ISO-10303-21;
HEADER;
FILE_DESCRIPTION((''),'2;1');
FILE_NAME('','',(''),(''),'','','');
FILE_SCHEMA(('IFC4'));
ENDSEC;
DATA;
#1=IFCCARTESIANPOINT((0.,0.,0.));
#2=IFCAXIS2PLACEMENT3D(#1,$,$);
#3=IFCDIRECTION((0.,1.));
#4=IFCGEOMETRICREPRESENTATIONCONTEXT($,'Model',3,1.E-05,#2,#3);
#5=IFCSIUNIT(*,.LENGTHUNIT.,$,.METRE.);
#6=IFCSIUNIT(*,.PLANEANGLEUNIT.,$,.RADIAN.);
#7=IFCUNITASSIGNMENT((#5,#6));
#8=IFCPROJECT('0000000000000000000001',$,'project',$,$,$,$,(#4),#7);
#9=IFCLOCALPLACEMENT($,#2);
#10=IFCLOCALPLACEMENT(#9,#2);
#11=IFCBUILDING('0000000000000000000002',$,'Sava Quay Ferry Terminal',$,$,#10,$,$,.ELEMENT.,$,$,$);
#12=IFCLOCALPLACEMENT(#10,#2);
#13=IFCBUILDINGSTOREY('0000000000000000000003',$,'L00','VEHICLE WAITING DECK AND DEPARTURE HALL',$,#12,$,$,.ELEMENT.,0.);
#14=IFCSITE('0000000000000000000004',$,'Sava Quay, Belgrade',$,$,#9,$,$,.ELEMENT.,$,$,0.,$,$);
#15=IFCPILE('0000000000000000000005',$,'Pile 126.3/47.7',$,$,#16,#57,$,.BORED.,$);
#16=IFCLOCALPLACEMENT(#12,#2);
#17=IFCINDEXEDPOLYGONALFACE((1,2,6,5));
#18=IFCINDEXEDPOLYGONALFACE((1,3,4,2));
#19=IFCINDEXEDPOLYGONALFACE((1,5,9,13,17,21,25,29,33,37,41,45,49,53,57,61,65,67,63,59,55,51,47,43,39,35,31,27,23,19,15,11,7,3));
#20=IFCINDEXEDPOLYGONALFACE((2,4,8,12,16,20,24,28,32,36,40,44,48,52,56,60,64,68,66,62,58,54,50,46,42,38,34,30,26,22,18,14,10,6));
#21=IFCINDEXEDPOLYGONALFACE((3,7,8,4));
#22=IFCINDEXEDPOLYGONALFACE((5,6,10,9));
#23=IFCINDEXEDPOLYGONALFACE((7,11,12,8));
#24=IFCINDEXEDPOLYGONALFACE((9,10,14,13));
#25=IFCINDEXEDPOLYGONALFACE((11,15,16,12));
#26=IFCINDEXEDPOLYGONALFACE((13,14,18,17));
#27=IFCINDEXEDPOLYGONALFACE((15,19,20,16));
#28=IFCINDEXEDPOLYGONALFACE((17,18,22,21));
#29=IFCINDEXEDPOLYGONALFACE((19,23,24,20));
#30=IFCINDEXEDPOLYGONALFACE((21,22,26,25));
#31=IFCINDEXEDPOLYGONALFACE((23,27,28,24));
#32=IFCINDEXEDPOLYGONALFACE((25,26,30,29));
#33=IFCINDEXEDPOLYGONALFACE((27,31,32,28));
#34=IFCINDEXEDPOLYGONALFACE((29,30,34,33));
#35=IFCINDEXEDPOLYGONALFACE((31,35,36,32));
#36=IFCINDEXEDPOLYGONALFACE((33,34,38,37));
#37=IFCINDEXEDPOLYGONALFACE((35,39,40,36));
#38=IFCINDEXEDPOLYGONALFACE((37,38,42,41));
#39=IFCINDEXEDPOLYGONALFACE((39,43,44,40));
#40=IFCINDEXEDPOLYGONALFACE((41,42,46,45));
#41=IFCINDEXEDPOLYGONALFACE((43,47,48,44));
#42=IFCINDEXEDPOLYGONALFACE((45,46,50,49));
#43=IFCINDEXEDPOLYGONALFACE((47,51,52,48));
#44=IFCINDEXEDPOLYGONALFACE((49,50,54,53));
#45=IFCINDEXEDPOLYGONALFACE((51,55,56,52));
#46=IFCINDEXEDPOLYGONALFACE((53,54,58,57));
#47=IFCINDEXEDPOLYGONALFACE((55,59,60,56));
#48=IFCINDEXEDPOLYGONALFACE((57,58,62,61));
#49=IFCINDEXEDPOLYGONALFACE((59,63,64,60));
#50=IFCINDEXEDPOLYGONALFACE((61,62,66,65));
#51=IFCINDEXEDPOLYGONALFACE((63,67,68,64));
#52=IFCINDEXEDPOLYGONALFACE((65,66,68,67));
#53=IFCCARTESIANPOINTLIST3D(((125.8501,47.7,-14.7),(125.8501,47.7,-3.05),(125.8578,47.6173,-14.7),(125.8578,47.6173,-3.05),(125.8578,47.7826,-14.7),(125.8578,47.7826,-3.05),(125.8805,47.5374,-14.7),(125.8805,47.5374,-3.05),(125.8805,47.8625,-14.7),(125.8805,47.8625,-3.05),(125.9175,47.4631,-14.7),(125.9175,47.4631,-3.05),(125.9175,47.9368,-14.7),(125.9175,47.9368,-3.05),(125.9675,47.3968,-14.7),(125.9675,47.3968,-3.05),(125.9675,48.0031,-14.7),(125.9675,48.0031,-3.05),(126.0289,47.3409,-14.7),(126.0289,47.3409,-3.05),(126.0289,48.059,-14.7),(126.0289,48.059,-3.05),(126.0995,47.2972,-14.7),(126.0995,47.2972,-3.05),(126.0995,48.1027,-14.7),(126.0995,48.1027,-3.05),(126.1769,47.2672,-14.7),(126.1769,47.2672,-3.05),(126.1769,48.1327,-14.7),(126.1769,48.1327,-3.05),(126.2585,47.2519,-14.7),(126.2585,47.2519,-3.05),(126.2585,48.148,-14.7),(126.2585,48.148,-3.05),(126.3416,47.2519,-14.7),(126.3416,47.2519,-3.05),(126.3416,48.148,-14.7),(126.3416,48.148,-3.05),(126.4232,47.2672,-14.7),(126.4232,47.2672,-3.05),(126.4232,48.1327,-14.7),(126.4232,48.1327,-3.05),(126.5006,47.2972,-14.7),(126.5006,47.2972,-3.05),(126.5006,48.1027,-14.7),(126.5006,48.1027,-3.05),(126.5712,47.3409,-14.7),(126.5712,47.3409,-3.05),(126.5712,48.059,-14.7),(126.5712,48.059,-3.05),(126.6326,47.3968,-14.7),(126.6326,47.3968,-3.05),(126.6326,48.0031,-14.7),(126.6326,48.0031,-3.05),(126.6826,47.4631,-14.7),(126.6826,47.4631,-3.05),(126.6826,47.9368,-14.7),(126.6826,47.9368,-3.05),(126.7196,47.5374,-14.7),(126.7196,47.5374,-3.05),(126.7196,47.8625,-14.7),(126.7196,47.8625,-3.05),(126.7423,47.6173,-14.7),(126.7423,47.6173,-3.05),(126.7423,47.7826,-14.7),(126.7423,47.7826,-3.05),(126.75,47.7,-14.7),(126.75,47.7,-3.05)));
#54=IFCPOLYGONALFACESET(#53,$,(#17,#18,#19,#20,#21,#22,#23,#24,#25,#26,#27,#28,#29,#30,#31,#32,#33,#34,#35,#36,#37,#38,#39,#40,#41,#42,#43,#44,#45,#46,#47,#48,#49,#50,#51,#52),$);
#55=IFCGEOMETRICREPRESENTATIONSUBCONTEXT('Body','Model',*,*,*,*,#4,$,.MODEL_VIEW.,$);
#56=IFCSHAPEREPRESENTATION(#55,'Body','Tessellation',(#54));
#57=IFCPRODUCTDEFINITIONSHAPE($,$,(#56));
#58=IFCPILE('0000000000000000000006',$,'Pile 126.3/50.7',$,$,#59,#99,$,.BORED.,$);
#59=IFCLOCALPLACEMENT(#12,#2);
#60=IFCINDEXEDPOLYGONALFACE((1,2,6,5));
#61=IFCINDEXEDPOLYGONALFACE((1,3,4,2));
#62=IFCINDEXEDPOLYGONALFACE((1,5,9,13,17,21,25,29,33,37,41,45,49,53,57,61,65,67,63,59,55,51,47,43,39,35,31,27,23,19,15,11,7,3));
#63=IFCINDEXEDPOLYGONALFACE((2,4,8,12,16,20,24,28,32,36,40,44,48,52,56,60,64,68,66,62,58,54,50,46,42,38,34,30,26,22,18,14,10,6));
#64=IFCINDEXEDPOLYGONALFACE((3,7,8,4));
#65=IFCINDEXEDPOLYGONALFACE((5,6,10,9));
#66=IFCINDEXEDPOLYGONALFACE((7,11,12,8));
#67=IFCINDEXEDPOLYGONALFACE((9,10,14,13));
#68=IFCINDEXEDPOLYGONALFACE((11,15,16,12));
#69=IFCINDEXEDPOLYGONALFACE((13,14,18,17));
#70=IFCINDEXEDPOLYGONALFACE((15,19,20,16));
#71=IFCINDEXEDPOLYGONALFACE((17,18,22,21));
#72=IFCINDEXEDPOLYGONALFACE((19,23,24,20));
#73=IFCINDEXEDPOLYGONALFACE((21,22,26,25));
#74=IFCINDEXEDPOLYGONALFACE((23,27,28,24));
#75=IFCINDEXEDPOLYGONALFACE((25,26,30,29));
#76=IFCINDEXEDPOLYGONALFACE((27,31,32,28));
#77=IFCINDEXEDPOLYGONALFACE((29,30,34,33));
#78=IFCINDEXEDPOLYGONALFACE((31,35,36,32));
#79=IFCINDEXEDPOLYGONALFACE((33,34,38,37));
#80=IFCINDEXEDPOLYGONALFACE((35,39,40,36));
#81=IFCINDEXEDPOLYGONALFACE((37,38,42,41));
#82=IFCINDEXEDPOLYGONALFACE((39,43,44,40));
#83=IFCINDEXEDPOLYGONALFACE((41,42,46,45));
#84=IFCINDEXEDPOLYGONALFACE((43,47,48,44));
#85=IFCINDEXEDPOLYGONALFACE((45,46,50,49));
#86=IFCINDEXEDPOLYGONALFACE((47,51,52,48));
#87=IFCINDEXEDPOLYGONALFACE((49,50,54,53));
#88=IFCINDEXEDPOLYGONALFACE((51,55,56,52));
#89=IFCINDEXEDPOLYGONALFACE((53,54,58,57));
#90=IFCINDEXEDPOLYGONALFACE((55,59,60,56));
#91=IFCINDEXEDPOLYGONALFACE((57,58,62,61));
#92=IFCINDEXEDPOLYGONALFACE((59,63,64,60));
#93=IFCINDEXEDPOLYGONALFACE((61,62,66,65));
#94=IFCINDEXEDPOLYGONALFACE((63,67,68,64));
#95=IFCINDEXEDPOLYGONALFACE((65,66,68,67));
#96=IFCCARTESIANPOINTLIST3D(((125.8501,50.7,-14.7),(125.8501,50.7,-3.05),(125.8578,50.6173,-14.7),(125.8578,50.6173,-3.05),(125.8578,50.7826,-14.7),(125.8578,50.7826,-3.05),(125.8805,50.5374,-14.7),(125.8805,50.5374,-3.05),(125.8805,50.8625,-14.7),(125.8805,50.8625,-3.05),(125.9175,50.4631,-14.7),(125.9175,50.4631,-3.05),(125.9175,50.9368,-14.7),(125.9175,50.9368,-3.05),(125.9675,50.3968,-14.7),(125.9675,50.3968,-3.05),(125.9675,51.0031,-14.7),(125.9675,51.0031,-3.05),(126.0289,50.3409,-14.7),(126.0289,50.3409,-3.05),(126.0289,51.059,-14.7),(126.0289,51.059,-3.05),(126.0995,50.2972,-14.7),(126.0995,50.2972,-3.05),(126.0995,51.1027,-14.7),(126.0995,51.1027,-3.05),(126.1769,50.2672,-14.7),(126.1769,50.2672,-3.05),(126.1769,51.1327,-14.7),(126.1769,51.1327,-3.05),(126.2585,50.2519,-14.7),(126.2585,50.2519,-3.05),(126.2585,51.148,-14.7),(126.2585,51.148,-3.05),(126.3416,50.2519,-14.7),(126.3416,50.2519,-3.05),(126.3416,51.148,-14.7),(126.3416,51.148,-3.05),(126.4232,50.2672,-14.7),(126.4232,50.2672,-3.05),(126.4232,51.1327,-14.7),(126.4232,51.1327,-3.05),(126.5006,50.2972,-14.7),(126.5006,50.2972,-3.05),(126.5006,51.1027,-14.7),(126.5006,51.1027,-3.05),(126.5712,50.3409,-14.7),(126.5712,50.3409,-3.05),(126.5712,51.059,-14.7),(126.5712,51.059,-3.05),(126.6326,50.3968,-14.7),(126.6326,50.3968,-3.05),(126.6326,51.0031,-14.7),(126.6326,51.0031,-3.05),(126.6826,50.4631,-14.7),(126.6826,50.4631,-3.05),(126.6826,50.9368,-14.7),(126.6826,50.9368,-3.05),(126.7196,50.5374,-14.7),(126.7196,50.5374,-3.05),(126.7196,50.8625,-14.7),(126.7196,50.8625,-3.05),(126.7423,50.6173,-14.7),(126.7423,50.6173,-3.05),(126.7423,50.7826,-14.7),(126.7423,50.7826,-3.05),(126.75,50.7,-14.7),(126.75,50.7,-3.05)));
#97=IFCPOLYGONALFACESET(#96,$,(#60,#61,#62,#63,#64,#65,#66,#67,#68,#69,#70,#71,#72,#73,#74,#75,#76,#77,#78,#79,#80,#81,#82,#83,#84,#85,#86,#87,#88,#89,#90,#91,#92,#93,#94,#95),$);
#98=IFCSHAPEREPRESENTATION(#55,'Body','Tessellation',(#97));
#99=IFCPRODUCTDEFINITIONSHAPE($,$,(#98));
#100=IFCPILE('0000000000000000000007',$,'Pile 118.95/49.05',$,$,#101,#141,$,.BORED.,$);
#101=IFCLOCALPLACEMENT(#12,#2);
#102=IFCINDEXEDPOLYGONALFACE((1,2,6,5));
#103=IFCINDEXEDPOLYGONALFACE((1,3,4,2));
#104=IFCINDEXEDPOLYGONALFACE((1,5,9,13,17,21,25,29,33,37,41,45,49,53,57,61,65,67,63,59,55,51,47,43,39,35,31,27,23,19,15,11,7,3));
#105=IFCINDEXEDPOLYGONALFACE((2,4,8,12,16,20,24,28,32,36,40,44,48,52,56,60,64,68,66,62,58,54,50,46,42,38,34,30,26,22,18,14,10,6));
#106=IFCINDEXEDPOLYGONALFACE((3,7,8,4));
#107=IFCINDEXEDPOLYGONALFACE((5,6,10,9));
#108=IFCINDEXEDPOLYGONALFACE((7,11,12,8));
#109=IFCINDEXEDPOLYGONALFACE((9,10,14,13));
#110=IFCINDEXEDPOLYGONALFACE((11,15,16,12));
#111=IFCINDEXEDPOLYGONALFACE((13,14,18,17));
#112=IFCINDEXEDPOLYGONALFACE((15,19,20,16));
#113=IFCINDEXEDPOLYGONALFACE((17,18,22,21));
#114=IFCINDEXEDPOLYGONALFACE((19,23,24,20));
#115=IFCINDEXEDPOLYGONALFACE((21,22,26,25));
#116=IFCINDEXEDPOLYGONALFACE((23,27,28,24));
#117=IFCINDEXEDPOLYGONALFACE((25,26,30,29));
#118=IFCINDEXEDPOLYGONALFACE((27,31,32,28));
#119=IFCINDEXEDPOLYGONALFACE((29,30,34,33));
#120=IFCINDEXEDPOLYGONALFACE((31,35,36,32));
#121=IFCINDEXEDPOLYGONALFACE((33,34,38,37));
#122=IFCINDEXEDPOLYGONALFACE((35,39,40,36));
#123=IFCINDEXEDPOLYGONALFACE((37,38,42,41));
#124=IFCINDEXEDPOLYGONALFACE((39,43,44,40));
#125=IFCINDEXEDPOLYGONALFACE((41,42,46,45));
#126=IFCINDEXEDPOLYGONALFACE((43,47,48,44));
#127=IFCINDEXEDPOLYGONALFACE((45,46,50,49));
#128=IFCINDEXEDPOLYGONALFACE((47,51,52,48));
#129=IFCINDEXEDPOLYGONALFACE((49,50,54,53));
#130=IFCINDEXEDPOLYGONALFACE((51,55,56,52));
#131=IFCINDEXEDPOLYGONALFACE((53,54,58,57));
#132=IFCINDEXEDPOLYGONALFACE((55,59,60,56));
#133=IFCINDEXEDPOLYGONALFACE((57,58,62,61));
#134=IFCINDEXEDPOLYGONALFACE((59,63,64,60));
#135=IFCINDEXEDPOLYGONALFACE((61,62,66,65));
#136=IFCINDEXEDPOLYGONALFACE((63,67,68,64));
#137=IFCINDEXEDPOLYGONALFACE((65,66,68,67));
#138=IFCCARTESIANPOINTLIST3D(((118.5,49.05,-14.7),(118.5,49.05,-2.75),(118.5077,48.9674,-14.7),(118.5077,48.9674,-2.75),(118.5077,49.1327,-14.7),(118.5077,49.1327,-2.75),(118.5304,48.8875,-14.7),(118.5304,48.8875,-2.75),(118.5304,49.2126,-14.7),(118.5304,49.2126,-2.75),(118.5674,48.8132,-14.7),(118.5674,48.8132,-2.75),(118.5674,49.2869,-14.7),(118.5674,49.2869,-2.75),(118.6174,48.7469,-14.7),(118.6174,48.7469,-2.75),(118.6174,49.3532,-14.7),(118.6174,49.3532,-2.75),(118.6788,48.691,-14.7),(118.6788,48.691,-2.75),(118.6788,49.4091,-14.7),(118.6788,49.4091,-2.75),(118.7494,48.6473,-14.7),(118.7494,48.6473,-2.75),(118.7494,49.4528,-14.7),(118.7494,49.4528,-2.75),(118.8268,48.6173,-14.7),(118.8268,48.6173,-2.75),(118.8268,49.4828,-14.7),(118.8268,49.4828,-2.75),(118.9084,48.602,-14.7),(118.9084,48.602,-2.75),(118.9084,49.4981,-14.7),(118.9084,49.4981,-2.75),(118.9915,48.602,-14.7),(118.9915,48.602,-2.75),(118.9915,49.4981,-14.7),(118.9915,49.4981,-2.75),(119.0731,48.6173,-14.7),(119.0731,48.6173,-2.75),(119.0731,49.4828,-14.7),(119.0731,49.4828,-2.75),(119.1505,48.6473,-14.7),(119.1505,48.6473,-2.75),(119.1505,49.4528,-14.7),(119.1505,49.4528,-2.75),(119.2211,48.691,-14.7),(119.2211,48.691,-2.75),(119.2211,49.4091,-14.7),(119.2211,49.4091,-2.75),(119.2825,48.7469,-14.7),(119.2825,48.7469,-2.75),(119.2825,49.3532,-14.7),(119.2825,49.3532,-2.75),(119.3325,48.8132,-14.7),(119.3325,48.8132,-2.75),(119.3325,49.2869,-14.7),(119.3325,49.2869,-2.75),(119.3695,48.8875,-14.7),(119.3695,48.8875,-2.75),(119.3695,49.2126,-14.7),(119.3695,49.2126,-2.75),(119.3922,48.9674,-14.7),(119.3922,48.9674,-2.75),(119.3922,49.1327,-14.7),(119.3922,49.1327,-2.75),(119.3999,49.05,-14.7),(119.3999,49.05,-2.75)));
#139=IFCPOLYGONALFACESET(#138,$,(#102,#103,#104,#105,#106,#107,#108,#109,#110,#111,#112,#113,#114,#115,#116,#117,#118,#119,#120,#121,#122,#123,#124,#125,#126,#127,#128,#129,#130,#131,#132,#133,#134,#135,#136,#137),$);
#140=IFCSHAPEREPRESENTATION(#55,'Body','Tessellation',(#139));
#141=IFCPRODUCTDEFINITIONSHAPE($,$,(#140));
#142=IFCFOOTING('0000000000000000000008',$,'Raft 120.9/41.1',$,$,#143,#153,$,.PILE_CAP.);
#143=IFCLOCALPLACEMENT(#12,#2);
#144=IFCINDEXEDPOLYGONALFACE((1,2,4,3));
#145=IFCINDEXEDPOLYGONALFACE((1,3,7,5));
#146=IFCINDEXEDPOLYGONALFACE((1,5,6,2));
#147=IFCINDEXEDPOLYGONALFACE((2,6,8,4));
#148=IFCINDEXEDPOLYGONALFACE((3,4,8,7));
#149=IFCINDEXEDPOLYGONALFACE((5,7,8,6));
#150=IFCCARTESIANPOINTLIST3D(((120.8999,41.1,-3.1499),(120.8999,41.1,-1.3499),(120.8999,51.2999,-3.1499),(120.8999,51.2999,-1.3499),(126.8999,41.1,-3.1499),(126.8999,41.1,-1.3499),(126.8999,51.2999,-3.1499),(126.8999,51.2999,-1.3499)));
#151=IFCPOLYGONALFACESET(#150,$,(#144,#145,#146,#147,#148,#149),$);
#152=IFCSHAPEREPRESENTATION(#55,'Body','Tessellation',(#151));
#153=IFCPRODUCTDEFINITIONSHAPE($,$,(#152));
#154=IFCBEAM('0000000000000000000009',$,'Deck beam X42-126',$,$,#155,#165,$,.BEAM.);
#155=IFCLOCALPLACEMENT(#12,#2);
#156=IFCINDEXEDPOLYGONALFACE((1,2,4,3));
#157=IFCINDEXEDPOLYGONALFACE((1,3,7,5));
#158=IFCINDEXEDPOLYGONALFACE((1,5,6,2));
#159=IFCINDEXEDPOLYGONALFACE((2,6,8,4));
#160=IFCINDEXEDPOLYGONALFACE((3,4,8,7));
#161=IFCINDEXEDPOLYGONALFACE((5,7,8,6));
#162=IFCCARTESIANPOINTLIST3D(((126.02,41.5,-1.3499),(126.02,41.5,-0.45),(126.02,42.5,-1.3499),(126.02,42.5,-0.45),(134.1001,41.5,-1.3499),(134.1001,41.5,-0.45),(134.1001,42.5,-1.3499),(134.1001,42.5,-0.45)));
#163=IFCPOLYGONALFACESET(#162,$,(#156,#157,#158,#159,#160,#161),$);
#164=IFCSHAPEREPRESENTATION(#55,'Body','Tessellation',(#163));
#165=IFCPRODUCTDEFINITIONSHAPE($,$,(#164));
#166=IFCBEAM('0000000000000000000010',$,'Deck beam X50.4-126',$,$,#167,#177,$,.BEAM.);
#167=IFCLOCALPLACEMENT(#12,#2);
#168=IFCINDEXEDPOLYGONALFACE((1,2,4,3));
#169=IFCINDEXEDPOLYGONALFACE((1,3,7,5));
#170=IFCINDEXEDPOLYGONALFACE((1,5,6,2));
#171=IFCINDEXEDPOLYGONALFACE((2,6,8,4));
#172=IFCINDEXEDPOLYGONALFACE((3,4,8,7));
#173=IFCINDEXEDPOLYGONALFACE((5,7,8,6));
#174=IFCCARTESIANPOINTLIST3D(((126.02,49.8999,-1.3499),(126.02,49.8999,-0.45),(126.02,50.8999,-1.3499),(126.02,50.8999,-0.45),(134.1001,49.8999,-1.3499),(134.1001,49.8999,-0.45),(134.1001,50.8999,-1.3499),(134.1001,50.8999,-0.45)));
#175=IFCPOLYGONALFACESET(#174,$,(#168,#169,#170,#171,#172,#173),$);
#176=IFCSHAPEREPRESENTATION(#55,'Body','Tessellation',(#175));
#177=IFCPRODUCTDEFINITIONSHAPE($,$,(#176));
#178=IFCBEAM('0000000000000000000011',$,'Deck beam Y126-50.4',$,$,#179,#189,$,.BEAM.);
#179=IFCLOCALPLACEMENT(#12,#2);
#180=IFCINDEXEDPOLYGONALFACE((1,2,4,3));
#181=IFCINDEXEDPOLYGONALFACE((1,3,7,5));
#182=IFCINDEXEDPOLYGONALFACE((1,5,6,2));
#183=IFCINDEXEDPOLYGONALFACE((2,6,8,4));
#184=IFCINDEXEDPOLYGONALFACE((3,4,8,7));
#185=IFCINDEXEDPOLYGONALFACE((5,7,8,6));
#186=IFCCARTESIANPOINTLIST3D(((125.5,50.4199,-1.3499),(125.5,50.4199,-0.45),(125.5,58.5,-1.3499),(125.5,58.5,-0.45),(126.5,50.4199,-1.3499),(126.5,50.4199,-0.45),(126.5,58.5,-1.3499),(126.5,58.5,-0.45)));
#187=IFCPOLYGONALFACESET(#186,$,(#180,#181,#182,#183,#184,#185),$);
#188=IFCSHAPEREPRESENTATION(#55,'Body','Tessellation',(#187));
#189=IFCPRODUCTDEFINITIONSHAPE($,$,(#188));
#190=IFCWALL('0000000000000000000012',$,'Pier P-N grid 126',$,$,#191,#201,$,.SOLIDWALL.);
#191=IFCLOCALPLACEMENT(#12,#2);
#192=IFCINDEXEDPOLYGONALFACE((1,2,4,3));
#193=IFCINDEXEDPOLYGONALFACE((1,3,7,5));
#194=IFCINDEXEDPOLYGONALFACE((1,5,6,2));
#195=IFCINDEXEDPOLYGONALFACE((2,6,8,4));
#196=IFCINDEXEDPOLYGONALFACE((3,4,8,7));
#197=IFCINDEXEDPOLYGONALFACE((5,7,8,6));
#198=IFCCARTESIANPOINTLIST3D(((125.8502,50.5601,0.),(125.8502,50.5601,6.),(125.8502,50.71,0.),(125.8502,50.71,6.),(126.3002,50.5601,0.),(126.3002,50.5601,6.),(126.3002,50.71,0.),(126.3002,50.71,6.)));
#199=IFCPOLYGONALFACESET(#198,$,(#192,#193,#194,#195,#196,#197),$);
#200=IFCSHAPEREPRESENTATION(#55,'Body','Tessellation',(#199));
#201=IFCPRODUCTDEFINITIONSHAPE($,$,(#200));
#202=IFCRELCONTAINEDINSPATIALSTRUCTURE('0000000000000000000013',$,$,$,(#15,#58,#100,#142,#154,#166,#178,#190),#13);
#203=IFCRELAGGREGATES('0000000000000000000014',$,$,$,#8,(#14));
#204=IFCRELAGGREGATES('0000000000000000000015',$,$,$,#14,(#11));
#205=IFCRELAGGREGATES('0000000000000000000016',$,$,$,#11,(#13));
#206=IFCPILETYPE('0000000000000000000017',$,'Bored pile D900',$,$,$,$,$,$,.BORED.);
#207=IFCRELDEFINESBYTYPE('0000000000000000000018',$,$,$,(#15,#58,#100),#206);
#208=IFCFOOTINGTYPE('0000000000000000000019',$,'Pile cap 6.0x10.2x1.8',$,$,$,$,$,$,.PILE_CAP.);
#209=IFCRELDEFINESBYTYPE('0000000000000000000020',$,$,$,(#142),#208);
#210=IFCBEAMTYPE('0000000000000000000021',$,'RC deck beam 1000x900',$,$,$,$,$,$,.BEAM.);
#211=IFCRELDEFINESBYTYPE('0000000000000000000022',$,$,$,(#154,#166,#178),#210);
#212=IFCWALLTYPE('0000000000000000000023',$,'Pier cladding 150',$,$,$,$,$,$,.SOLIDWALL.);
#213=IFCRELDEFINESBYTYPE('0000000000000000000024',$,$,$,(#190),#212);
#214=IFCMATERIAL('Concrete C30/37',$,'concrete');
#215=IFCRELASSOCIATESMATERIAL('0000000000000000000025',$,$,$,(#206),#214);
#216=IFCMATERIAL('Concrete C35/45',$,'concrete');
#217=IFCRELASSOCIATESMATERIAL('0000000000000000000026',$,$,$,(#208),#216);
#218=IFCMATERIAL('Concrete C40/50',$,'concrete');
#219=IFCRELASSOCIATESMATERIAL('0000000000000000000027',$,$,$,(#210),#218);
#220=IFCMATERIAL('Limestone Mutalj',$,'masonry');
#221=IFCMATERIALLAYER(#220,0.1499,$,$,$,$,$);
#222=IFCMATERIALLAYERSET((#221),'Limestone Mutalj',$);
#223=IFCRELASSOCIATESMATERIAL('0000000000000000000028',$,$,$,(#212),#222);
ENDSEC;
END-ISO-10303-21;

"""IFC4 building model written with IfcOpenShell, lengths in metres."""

from ifc_helpers import new_model, si_unit, direction, frame, frame_2d, origin, origin_2d, place, context, subcontext, project, spatial, rectangle, circle, extrude, material, layer, layer_set, material_profile, profile_set, type_object, element, save


model = new_model("IFC4")

# Units and contexts
model_context = context("Model", 3, precision=1e-05, world=origin(), true_north=direction((0.0, 1.0)))
body_context = subcontext(model_context, "Body", "Model", "MODEL_VIEW")
ifc_project = project(units=[si_unit("LENGTHUNIT", "METRE"), si_unit("PLANEANGLEUNIT", "RADIAN")], contexts=[model_context])

# Site, building, storey
site_placement = place(None, origin())
site = spatial("IfcSite", under=ifc_project, at=site_placement, Name="Sava Quay, Belgrade", CompositionType="ELEMENT", RefElevation=0.0)
building_placement = place(site_placement, origin())
building = spatial("IfcBuilding", under=site, at=building_placement, Name="Sava Quay Ferry Terminal", CompositionType="ELEMENT")
storey_placement = place(building_placement, origin())
storey = spatial("IfcBuildingStorey", under=building, at=storey_placement, Name="L00", Description="VEHICLE WAITING DECK AND DEPARTURE HALL", CompositionType="ELEMENT", Elevation=0.0)

# Piles
ifc_material_1 = material(Name="Concrete C30/37", Category="concrete")
ifc_material_profile_1 = material_profile(ifc_material_1, circle(Radius=0.45, at=origin_2d()), Name="Bored pile D900")
ifc_profile_set_1 = profile_set([ifc_material_profile_1], Name="Concrete C30/37")
pile_type = type_object("IfcPileType", Name="Bored pile D900", PredefinedType="BORED", material=ifc_profile_set_1)
for number, where, z_axis, x_axis, name in (
    (1, (126.3, 47.7, -3.05), (0.0, 0.0, -1.0), (1.0, 0.0, 0.0), "Pile 126.3/47.7"),
    (2, (126.3, 50.7, -3.05), (0.0, 0.0, -1.0), (1.0, 0.0, 0.0), "Pile 126.3/50.7"),
):
    element("IfcPile", number, at=place(storey_placement, frame(where, z_axis=z_axis, x_axis=x_axis)), inside=storey, type_object=pile_type, Name=name, PredefinedType="BORED", context=body_context, shape_type="SweptSolid", body=[
        extrude(circle(Radius=0.45, at=origin_2d()), origin(), (0.0, 0.0, 1.0), 11.6499),
    ])
pile_placement = place(storey_placement, frame((118.95, 49.05, -2.75), z_axis=(0.0, 0.0, -1.0), x_axis=(1.0, 0.0, 0.0)))
element("IfcPile", 3, at=pile_placement, inside=storey, type_object=pile_type, Name="Pile 118.95/49.05", PredefinedType="BORED", context=body_context, shape_type="SweptSolid", body=[
    extrude(circle(Radius=0.45, at=origin_2d()), origin(), (0.0, 0.0, 1.0), 11.95),
])

# Footing
ifc_material_2 = material(Name="Concrete C35/45", Category="concrete")
footing_type = type_object("IfcFootingType", Name="Pile cap 6.0x10.2x1.8", PredefinedType="PILE_CAP", material=ifc_material_2)
footing_placement = place(storey_placement, frame((123.8999, 46.2, -3.1499), z_axis=(0.0, 0.0, 1.0), x_axis=(1.0, 0.0, 0.0)))
element("IfcFooting", 4, at=footing_placement, inside=storey, type_object=footing_type, Name="Raft 120.9/41.1", PredefinedType="PILE_CAP", context=body_context, shape_type="SweptSolid", body=[
    extrude(rectangle(XDim=6.0, YDim=10.2, at=origin_2d()), origin(), (0.0, 0.0, 1.0), 1.8),
])

# Beams
ifc_material_3 = material(Name="Concrete C40/50", Category="concrete")
ifc_material_profile_2 = material_profile(ifc_material_3, rectangle(XDim=1.0, YDim=0.8999, at=origin_2d()), Name="RC 1000x900")
ifc_profile_set_2 = profile_set([ifc_material_profile_2], Name="Concrete C40/50")
beam_type = type_object("IfcBeamType", Name="RC deck beam 1000x900", PredefinedType="BEAM", material=ifc_profile_set_2)
for number, where, z_axis, x_axis, name in (
    (5, (126.02, 42.0, -0.8999), (1.0, 0.0, 0.0), (0.0, 1.0, 0.0), "Deck beam X42-126"),
    (6, (126.02, 50.3999, -0.8999), (1.0, 0.0, 0.0), (0.0, 1.0, 0.0), "Deck beam X50.4-126"),
    (7, (126.0, 50.4199, -0.8999), (0.0, 1.0, 0.0), (-1.0, 0.0, 0.0), "Deck beam Y126-50.4"),
):
    element("IfcBeam", number, at=place(storey_placement, frame(where, z_axis=z_axis, x_axis=x_axis)), inside=storey, type_object=beam_type, Name=name, PredefinedType="BEAM", context=body_context, shape_type="SweptSolid", body=[
        extrude(rectangle(XDim=1.0, YDim=0.8999, at=origin_2d()), origin(), (0.0, 0.0, 1.0), 8.0801),
    ])

# Wall
ifc_material_4 = material(Name="Limestone Mutalj", Category="masonry")
ifc_layer_1 = layer(ifc_material_4, 0.1499)
ifc_layer_set_1 = layer_set([ifc_layer_1], Name="Limestone Mutalj")
wall_type_1 = type_object("IfcWallType", Name="Pier cladding 150", PredefinedType="SOLIDWALL", material=ifc_layer_set_1)
wall_1_placement = place(storey_placement, frame((125.8501, 50.635, 0.0), z_axis=(0.0, 0.0, 1.0), x_axis=(1.0, 0.0, 0.0)))
element("IfcWall", 8, at=wall_1_placement, inside=storey, type_object=wall_type_1, Name="Pier P-N grid 126", PredefinedType="SOLIDWALL", context=body_context, shape_type="SweptSolid", body=[
    extrude(rectangle(XDim=0.45, YDim=0.1499, at=frame_2d((0.2251, 0.0))), origin(), (0.0, 0.0, 1.0), 6.0),
])

save(model, "model.ifc")
